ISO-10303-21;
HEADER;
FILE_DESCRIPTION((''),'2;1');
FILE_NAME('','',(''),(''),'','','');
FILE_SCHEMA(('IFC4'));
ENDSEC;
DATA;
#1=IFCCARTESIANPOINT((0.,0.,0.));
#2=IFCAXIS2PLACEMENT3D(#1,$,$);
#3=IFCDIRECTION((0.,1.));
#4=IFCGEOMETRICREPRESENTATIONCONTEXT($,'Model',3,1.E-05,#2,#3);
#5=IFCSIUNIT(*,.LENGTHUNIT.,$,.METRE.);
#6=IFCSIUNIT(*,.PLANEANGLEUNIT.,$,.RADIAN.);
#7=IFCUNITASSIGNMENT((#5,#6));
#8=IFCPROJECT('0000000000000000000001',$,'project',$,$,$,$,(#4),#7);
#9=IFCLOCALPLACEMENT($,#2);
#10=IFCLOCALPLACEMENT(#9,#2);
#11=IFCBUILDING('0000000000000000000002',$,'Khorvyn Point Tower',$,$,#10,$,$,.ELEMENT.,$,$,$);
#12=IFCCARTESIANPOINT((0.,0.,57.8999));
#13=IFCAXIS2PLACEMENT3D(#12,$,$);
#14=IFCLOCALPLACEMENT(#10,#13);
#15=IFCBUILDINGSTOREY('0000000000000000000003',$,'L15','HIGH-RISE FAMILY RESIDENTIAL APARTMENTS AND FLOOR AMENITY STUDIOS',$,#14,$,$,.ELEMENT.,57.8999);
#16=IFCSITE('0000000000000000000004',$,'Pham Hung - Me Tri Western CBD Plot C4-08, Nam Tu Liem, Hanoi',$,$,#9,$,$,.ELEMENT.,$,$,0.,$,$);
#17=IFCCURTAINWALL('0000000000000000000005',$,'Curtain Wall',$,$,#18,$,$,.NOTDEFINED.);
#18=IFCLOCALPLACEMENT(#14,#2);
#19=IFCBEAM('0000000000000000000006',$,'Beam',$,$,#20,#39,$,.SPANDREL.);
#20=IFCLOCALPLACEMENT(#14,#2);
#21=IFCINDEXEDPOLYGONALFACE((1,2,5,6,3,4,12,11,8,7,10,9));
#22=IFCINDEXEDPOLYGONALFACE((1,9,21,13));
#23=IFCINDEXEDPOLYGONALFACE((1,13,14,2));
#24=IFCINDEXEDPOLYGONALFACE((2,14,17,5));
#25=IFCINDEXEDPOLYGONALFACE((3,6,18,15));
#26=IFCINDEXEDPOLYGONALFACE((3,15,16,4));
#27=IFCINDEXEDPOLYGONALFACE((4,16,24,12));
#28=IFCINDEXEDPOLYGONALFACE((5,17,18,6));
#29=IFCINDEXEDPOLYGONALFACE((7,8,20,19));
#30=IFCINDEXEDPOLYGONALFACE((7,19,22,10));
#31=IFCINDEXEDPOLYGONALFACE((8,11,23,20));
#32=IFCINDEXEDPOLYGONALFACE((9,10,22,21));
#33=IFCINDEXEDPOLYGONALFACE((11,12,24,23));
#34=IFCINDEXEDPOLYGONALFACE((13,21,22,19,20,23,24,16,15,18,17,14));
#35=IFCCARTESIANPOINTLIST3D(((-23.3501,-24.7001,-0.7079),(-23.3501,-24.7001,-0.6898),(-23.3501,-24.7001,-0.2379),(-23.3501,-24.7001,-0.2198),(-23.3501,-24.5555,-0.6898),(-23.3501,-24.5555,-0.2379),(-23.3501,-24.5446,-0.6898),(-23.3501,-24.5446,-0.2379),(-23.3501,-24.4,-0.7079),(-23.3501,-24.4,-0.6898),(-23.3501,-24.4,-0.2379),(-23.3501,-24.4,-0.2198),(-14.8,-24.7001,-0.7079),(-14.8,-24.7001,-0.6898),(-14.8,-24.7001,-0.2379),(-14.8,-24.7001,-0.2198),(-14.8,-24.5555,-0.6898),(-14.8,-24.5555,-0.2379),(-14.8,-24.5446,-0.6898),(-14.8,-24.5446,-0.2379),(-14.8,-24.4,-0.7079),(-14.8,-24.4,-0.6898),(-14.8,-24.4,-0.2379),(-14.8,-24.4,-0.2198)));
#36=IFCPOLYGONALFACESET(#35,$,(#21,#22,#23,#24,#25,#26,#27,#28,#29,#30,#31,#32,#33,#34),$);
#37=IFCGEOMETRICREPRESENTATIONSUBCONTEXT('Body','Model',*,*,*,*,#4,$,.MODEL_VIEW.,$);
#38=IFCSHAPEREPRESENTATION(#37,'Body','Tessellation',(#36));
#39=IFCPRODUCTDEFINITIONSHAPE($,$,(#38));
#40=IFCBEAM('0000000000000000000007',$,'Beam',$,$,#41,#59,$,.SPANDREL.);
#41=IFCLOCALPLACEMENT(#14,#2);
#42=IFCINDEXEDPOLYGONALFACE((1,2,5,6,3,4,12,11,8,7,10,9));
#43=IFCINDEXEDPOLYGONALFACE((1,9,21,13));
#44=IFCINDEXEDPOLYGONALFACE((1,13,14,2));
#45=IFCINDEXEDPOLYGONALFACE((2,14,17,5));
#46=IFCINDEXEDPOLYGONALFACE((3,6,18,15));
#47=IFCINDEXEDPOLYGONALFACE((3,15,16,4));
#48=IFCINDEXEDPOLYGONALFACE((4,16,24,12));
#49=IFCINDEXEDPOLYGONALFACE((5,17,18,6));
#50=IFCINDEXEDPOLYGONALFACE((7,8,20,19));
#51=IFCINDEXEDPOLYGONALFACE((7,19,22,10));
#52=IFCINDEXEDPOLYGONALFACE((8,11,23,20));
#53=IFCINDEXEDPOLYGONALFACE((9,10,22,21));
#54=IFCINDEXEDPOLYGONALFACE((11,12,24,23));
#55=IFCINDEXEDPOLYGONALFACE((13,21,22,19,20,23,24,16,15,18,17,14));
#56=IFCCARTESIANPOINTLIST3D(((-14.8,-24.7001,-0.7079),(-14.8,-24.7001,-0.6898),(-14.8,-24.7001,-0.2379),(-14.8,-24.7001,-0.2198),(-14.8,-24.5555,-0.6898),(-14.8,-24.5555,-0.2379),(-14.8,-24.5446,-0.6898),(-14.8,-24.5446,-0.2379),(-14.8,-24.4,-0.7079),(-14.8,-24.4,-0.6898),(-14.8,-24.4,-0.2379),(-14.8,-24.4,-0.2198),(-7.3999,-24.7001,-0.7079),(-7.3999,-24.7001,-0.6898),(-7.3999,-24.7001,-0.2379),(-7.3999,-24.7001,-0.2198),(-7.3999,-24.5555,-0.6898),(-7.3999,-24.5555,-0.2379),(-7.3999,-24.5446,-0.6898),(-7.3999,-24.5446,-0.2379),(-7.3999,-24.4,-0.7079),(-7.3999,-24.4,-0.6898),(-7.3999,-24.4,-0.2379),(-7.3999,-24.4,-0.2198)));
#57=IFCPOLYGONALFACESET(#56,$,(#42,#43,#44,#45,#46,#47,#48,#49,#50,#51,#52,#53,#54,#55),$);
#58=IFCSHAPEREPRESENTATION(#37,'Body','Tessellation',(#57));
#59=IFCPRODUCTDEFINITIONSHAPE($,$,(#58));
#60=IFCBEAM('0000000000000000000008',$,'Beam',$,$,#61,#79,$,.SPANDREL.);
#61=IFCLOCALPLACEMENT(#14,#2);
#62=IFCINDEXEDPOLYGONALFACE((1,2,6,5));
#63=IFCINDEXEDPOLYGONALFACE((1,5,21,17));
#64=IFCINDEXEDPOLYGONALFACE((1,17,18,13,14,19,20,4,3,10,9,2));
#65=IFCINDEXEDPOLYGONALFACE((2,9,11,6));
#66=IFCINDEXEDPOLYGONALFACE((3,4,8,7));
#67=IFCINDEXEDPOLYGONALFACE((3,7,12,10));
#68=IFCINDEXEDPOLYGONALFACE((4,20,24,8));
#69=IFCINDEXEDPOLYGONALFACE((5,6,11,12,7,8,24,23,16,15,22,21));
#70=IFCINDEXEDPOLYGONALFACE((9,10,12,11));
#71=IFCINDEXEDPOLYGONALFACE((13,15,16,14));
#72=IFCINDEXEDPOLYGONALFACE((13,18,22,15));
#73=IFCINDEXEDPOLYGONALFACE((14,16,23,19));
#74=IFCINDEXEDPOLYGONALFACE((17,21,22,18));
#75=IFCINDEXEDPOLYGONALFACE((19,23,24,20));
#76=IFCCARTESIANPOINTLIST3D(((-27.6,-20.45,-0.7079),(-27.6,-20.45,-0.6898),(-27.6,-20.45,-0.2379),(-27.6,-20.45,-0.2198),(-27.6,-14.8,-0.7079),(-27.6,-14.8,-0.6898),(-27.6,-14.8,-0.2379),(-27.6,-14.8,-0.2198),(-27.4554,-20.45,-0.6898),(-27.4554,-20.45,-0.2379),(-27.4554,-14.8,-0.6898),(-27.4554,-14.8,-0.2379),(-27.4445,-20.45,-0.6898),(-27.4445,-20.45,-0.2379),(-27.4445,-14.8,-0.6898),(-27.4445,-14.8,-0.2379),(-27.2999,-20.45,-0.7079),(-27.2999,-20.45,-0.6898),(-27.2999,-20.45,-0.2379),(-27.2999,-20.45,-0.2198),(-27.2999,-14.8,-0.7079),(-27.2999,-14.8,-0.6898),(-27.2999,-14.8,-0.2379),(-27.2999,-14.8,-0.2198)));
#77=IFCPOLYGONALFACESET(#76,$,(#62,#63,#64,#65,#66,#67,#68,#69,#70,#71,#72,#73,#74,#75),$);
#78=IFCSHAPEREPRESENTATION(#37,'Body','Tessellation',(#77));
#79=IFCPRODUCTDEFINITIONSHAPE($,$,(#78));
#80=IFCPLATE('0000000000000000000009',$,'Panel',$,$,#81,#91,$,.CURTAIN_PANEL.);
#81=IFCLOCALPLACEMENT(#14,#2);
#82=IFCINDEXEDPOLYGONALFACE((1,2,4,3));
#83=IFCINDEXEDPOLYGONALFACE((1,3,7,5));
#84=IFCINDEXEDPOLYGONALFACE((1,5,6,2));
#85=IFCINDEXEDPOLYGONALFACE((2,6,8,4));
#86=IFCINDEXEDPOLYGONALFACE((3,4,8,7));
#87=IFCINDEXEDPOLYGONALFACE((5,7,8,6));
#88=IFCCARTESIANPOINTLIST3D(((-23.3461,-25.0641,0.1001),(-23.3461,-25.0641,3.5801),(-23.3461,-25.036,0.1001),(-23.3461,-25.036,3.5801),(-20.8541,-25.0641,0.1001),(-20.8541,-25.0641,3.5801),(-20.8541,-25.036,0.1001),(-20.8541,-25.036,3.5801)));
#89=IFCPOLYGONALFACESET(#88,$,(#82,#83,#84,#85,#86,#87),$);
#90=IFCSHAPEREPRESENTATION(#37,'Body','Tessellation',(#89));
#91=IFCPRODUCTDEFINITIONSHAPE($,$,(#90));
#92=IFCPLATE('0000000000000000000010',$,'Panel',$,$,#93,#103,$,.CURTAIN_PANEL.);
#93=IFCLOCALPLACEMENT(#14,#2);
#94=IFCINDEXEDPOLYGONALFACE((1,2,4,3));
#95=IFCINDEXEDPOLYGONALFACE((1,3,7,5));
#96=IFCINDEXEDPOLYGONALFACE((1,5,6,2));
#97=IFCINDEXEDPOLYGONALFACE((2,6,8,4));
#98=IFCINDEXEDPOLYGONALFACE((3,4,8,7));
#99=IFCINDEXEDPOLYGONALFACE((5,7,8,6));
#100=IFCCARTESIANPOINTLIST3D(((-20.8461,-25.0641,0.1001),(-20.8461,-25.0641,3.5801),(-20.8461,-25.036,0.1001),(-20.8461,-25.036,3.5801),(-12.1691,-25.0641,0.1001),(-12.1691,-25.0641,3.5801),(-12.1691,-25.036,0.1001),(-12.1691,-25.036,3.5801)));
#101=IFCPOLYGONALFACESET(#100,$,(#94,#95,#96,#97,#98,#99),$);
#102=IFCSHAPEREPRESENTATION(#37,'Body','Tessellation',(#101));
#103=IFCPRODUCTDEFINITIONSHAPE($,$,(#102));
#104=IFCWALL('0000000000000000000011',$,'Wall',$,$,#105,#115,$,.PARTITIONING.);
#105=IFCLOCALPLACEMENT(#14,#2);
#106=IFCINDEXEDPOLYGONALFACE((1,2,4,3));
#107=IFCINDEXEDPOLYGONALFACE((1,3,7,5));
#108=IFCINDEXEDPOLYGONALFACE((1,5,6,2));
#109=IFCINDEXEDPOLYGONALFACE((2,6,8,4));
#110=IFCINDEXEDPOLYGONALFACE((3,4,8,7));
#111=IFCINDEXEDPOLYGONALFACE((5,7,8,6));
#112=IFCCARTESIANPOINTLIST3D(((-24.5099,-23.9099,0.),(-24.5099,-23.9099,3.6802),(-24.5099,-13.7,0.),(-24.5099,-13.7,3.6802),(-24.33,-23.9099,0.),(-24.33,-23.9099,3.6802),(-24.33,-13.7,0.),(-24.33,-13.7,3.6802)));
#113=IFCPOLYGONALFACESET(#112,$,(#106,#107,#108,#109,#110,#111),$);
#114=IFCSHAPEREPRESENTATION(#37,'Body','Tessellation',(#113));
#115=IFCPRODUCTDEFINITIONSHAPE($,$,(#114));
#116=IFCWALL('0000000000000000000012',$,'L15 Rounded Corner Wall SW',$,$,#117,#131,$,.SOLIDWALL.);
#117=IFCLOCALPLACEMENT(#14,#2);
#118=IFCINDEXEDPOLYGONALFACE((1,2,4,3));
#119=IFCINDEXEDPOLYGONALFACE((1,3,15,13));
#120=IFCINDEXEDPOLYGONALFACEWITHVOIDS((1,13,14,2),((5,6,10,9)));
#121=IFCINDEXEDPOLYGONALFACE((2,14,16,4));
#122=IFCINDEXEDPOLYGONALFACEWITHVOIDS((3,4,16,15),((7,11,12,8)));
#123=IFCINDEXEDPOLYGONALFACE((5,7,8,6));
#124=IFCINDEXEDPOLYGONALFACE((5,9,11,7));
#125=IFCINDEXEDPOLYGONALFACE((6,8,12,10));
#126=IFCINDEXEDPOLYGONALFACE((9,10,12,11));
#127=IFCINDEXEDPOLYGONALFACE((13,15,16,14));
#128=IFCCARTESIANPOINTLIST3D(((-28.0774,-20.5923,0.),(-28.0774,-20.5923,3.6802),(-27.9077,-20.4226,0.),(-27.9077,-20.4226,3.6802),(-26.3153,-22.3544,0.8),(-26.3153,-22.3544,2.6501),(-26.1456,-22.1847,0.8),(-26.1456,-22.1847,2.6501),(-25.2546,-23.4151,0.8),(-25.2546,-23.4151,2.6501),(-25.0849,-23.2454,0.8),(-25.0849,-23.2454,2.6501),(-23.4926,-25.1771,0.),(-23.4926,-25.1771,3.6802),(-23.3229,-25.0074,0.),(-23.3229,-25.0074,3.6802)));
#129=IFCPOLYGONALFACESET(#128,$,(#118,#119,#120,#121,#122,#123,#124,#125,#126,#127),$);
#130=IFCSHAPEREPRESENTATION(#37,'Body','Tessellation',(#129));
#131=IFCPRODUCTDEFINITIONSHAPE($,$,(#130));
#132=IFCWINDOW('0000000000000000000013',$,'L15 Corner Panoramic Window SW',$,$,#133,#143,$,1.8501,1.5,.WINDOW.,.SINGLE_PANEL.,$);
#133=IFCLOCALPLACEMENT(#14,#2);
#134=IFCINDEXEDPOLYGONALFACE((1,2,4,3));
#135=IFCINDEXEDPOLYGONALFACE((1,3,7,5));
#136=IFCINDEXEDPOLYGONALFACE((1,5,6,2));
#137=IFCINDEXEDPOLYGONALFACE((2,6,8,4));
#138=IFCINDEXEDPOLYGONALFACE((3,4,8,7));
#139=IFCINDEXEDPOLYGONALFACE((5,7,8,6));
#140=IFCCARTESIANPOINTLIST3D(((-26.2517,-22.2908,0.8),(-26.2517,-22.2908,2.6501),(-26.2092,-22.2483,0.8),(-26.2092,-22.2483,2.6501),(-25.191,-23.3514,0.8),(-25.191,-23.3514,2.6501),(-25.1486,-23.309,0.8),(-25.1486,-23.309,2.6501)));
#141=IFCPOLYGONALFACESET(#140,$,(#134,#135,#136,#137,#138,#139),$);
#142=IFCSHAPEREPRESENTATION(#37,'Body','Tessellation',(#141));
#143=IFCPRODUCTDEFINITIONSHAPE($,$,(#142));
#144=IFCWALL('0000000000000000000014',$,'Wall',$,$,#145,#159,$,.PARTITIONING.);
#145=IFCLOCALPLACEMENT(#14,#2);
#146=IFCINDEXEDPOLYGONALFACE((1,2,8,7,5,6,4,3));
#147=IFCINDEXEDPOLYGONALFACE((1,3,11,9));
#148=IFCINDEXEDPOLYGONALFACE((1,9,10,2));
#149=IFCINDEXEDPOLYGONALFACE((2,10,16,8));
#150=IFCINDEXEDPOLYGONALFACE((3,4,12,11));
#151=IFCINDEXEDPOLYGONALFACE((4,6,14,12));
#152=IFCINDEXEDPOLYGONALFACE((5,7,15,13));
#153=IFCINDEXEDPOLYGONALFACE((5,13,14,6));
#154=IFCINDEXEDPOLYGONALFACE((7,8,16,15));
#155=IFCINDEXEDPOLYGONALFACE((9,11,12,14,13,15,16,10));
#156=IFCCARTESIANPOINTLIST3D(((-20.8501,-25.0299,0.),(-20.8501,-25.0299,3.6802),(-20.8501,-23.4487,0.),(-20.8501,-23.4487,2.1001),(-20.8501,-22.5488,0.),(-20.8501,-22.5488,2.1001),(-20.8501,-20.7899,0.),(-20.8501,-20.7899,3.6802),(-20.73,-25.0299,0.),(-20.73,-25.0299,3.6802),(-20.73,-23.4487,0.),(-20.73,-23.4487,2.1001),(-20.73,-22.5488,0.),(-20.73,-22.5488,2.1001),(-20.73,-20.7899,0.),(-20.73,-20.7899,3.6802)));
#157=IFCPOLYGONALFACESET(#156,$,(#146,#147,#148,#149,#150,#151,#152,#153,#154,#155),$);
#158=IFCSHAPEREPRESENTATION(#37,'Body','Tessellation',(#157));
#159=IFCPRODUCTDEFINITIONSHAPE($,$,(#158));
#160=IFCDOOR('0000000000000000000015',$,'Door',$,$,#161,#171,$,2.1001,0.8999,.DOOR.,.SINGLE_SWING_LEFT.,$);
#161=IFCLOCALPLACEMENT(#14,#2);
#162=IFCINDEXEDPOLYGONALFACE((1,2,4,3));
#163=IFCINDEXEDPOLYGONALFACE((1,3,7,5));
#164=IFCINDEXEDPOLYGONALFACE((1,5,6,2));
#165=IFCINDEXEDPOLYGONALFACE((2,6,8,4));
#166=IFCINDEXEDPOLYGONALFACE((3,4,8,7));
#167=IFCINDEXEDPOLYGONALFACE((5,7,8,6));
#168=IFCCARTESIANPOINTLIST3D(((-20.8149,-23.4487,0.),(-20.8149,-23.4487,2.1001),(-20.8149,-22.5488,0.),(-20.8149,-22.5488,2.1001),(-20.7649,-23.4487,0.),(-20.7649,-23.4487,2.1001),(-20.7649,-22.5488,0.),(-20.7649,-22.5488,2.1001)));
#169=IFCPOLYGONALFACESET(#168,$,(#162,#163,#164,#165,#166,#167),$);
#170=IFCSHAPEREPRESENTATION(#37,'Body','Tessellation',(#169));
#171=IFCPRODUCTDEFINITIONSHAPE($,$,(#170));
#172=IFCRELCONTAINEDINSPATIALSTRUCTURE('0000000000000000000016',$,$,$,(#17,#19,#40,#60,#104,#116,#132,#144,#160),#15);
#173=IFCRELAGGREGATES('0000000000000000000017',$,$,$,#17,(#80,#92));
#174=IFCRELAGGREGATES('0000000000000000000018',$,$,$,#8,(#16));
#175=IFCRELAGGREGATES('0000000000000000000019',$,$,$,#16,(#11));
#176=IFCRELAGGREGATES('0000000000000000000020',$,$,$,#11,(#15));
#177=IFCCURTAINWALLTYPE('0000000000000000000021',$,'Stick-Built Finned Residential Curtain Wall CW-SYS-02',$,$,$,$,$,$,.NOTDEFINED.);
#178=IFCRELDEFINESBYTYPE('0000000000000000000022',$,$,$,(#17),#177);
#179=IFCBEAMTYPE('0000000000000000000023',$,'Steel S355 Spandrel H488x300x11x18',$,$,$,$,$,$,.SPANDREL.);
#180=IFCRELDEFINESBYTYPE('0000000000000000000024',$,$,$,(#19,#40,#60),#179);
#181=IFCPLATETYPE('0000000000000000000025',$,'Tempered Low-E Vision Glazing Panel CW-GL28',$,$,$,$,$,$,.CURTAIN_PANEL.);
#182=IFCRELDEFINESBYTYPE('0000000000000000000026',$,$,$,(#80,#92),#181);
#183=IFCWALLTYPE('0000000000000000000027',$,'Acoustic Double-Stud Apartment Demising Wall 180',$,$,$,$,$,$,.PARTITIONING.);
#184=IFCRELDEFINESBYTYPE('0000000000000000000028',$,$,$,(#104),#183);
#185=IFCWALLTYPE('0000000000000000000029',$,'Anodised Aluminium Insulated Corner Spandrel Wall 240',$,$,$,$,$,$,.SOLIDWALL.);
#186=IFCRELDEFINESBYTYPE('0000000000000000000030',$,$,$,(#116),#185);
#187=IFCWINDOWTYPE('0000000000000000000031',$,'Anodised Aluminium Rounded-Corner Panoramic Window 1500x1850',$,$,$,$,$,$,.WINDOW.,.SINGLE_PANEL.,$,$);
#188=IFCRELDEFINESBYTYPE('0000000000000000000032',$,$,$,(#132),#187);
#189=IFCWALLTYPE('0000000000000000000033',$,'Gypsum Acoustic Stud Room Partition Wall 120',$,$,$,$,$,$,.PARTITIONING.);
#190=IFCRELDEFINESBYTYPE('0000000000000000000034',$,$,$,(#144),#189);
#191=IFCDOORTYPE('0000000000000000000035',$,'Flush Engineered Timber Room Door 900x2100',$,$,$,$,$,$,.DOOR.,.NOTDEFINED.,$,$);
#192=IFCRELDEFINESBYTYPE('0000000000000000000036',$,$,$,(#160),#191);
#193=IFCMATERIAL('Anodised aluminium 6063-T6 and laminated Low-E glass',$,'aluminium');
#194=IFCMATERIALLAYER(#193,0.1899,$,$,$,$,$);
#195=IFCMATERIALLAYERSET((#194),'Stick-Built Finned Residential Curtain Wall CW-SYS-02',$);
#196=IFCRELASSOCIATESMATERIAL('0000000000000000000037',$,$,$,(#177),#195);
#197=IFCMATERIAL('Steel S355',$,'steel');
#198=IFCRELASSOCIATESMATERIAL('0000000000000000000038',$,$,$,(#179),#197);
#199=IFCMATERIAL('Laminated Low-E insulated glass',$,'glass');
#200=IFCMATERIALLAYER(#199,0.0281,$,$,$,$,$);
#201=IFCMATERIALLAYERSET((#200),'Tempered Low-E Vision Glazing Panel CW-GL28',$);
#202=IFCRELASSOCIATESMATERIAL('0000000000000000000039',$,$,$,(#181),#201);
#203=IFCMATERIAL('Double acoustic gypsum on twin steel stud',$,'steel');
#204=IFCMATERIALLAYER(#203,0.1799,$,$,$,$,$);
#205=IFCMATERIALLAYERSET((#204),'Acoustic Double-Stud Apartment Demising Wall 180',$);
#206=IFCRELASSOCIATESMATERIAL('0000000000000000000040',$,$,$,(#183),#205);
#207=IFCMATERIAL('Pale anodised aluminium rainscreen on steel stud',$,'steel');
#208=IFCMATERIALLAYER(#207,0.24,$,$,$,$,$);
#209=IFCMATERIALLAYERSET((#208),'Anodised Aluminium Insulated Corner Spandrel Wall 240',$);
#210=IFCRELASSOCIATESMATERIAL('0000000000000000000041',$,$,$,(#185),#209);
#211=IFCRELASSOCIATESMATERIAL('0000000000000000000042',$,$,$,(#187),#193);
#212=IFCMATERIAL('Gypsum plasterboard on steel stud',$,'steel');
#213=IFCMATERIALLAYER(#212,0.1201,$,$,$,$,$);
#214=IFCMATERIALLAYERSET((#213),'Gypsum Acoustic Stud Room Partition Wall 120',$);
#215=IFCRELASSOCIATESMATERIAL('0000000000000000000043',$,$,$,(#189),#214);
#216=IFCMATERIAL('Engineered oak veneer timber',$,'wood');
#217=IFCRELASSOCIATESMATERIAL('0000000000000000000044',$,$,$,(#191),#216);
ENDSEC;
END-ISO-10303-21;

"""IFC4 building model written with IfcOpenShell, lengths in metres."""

from ifc_helpers import new_model, si_unit, direction, frame, frame_2d, origin, origin_2d, place, context, subcontext, project, spatial, rectangle, i_section, extrude, material, layer, layer_set, material_profile, profile_set, type_object, element, fill, aggregate, save


model = new_model("IFC4")

# Units and contexts
model_context = context("Model", 3, precision=1e-05, world=origin(), true_north=direction((0.0, 1.0)))
body_context = subcontext(model_context, "Body", "Model", "MODEL_VIEW")
ifc_project = project(units=[si_unit("LENGTHUNIT", "METRE"), si_unit("PLANEANGLEUNIT", "RADIAN")], contexts=[model_context])

# Site, building, storey
site_placement = place(None, origin())
site = spatial("IfcSite", under=ifc_project, at=site_placement, Name="Pham Hung - Me Tri Western CBD Plot C4-08, Nam Tu Liem, Hanoi", CompositionType="ELEMENT", RefElevation=0.0)
building_placement = place(site_placement, origin())
building = spatial("IfcBuilding", under=site, at=building_placement, Name="Khorvyn Point Tower", CompositionType="ELEMENT")
storey_placement = place(building_placement, frame((0.0, 0.0, 57.8999)))
storey = spatial("IfcBuildingStorey", under=building, at=storey_placement, Name="L15", Description="HIGH-RISE FAMILY RESIDENTIAL APARTMENTS AND FLOOR AMENITY STUDIOS", CompositionType="ELEMENT", Elevation=57.8999)

# Curtain wall
ifc_material_1 = material(Name="Anodised aluminium 6063-T6 and laminated Low-E glass", Category="aluminium")
ifc_layer_1 = layer(ifc_material_1, 0.1899)
ifc_layer_set_1 = layer_set([ifc_layer_1], Name="Stick-Built Finned Residential Curtain Wall CW-SYS-02")
curtain_wall_type = type_object("IfcCurtainWallType", Name="Stick-Built Finned Residential Curtain Wall CW-SYS-02", PredefinedType="NOTDEFINED", material=ifc_layer_set_1)
curtain_wall_1_placement = place(storey_placement, origin())
curtain_wall_1 = element("IfcCurtainWall", 1, at=curtain_wall_1_placement, inside=storey, type_object=curtain_wall_type, Name="Curtain Wall", PredefinedType="NOTDEFINED")

# Beams
ifc_material_2 = material(Name="Steel S355", Category="steel")
ifc_material_profile_1 = material_profile(ifc_material_2, i_section(OverallWidth=0.3, OverallDepth=0.488, WebThickness=0.011, FlangeThickness=0.0181, at=origin_2d()))
ifc_profile_set_1 = profile_set([ifc_material_profile_1], Name="Steel S355 H488x300x11x18")
beam_type_1 = type_object("IfcBeamType", Name="Steel S355 Spandrel H488x300x11x18", PredefinedType="SPANDREL", material=ifc_profile_set_1)
beam_1_placement = place(storey_placement, frame((-23.3501, -24.55, -0.4639), z_axis=(1.0, 0.0, 0.0), x_axis=(0.0, 1.0, 0.0)))
element("IfcBeam", 2, at=beam_1_placement, inside=storey, type_object=beam_type_1, Name="Beam", PredefinedType="SPANDREL", context=body_context, shape_type="SweptSolid", body=[
    extrude(i_section(OverallWidth=0.3, OverallDepth=0.488, WebThickness=0.011, FlangeThickness=0.0181, at=origin_2d()), origin(), (0.0, 0.0, 1.0), 8.55),
])
beam_2_placement = place(storey_placement, frame((-14.8, -24.55, -0.4639), z_axis=(1.0, 0.0, 0.0), x_axis=(0.0, 1.0, 0.0)))
element("IfcBeam", 3, at=beam_2_placement, inside=storey, type_object=beam_type_1, Name="Beam", PredefinedType="SPANDREL", context=body_context, shape_type="SweptSolid", body=[
    extrude(i_section(OverallWidth=0.3, OverallDepth=0.488, WebThickness=0.011, FlangeThickness=0.0181, at=origin_2d()), origin(), (0.0, 0.0, 1.0), 7.4001),
])
beam_3_placement = place(storey_placement, frame((-27.45, -20.45, -0.4639), z_axis=(0.0, 1.0, 0.0), x_axis=(-1.0, 0.0, 0.0)))
element("IfcBeam", 4, at=beam_3_placement, inside=storey, type_object=beam_type_1, Name="Beam", PredefinedType="SPANDREL", context=body_context, shape_type="SweptSolid", body=[
    extrude(i_section(OverallWidth=0.3, OverallDepth=0.488, WebThickness=0.011, FlangeThickness=0.0181, at=origin_2d()), origin(), (0.0, 0.0, 1.0), 5.6499),
])

# Plates
ifc_material_3 = material(Name="Laminated Low-E insulated glass", Category="glass")
ifc_layer_2 = layer(ifc_material_3, 0.0281)
ifc_layer_set_2 = layer_set([ifc_layer_2], Name="Tempered Low-E Vision Glazing Panel CW-GL28")
plate_type = type_object("IfcPlateType", Name="Tempered Low-E Vision Glazing Panel CW-GL28", PredefinedType="CURTAIN_PANEL", material=ifc_layer_set_2)
plate_1_placement = place(storey_placement, frame((-22.1001, -25.05, 0.1001), z_axis=(0.0, 0.0, 1.0), x_axis=(-1.0, 0.0, 0.0)))
plate_1 = element("IfcPlate", 5, at=plate_1_placement, type_object=plate_type, Name="Panel", PredefinedType="CURTAIN_PANEL", context=body_context, shape_type="SweptSolid", body=[
    extrude(rectangle(XDim=2.4919, YDim=0.0281, at=origin_2d()), origin(), (0.0, 0.0, 1.0), 3.48),
])
plate_2_placement = place(storey_placement, frame((-16.5076, -25.05, 0.1001), z_axis=(0.0, 0.0, 1.0), x_axis=(-1.0, 0.0, 0.0)))
plate_2 = element("IfcPlate", 6, at=plate_2_placement, type_object=plate_type, Name="Panel", PredefinedType="CURTAIN_PANEL", context=body_context, shape_type="SweptSolid", body=[
    extrude(rectangle(XDim=8.677, YDim=0.0281, at=origin_2d()), origin(), (0.0, 0.0, 1.0), 3.48),
])
aggregate(curtain_wall_1, [plate_1, plate_2])

# Wall
ifc_material_4 = material(Name="Double acoustic gypsum on twin steel stud", Category="steel")
ifc_layer_3 = layer(ifc_material_4, 0.1799)
ifc_layer_set_3 = layer_set([ifc_layer_3], Name="Acoustic Double-Stud Apartment Demising Wall 180")
wall_type_1 = type_object("IfcWallType", Name="Acoustic Double-Stud Apartment Demising Wall 180", PredefinedType="PARTITIONING", material=ifc_layer_set_3)
wall_1_placement = place(storey_placement, frame((-24.4199, -23.9099, 0.0), z_axis=(0.0, 0.0, 1.0), x_axis=(0.0, 1.0, 0.0)))
element("IfcWall", 7, at=wall_1_placement, inside=storey, type_object=wall_type_1, Name="Wall", PredefinedType="PARTITIONING", context=body_context, shape_type="SweptSolid", body=[
    extrude(rectangle(XDim=10.21, YDim=0.1799, at=frame_2d((5.105, 0.0))), origin(), (0.0, 0.0, 1.0), 3.6802),
])

# Wall, opening, window
ifc_material_5 = material(Name="Pale anodised aluminium rainscreen on steel stud", Category="steel")
ifc_layer_4 = layer(ifc_material_5, 0.24)
ifc_layer_set_4 = layer_set([ifc_layer_4], Name="Anodised Aluminium Insulated Corner Spandrel Wall 240")
wall_type_2 = type_object("IfcWallType", Name="Anodised Aluminium Insulated Corner Spandrel Wall 240", PredefinedType="SOLIDWALL", material=ifc_layer_set_4)
wall_2_placement = place(storey_placement, frame((-23.4077, -25.0923, 0.0), z_axis=(0.0, 0.0, 1.0), x_axis=(-0.707107, 0.707107, 0.0)))
wall_2 = element("IfcWall", 8, at=wall_2_placement, inside=storey, type_object=wall_type_2, Name="L15 Rounded Corner Wall SW", PredefinedType="SOLIDWALL", context=body_context, shape_type="SweptSolid", body=[
    extrude(rectangle(XDim=6.4839, YDim=0.24, at=frame_2d((3.2419, 0.0))), origin(), (0.0, 0.0, 1.0), 3.6802),
])
opening_1_placement = place(wall_2_placement, frame((2.4919, 0.0, 0.8)))
opening_1 = element("IfcOpeningElement", 9, at=opening_1_placement, cuts=wall_2, PredefinedType="OPENING", context=body_context, shape_type="SweptSolid", body=[
    extrude(rectangle(XDim=1.5, YDim=1.8501, at=frame_2d((0.75, 0.925))), frame((0.0, 0.1299, 0.0), z_axis=(0.0, -1.0, 0.0), x_axis=(1.0, 0.0, 0.0)), (0.0, 0.0, 1.0), 0.26),
])
window_type = type_object("IfcWindowType", Name="Anodised Aluminium Rounded-Corner Panoramic Window 1500x1850", PartitioningType="SINGLE_PANEL", PredefinedType="WINDOW", material=ifc_material_1)
window_placement = place(opening_1_placement, origin())
window = element("IfcWindow", 10, at=window_placement, inside=storey, type_object=window_type, Name="L15 Corner Panoramic Window SW", OverallHeight=1.8501, OverallWidth=1.5, PartitioningType="SINGLE_PANEL", PredefinedType="WINDOW", context=body_context, shape_type="SweptSolid", body=[
    extrude(rectangle(XDim=1.5, YDim=1.8501, at=frame_2d((0.75, 0.925))), frame((0.0, 0.03, 0.0), z_axis=(0.0, -1.0, 0.0), x_axis=(1.0, 0.0, 0.0)), (0.0, 0.0, 1.0), 0.0601),
])
fill(opening_1, window)

# Wall, opening, door
ifc_material_6 = material(Name="Gypsum plasterboard on steel stud", Category="steel")
ifc_layer_5 = layer(ifc_material_6, 0.1201)
ifc_layer_set_5 = layer_set([ifc_layer_5], Name="Gypsum Acoustic Stud Room Partition Wall 120")
wall_type_3 = type_object("IfcWallType", Name="Gypsum Acoustic Stud Room Partition Wall 120", PredefinedType="PARTITIONING", material=ifc_layer_set_5)
wall_3_placement = place(storey_placement, frame((-20.79, -25.03, 0.0), z_axis=(0.0, 0.0, 1.0), x_axis=(0.0, 1.0, 0.0)))
wall_3 = element("IfcWall", 11, at=wall_3_placement, inside=storey, type_object=wall_type_3, Name="Wall", PredefinedType="PARTITIONING", context=body_context, shape_type="SweptSolid", body=[
    extrude(rectangle(XDim=4.24, YDim=0.1201, at=frame_2d((2.1201, 0.0))), origin(), (0.0, 0.0, 1.0), 3.6802),
])
opening_2_placement = place(wall_3_placement, frame((1.5813, 0.0, 0.0)))
opening_2 = element("IfcOpeningElement", 12, at=opening_2_placement, cuts=wall_3, PredefinedType="OPENING", context=body_context, shape_type="SweptSolid", body=[
    extrude(rectangle(XDim=0.8999, YDim=2.1001, at=frame_2d((0.45, 1.05))), frame((0.0, 0.0701, 0.0), z_axis=(0.0, -1.0, 0.0), x_axis=(1.0, 0.0, 0.0)), (0.0, 0.0, 1.0), 0.1401),
])
ifc_material_7 = material(Name="Engineered oak veneer timber", Category="wood")
door_type_1 = type_object("IfcDoorType", Name="Flush Engineered Timber Room Door 900x2100", OperationType="NOTDEFINED", PredefinedType="DOOR", material=ifc_material_7)
door_1_placement = place(opening_2_placement, origin())
door_1 = element("IfcDoor", 13, at=door_1_placement, inside=storey, type_object=door_type_1, Name="Door", OperationType="SINGLE_SWING_LEFT", OverallHeight=2.1001, OverallWidth=0.8999, PredefinedType="DOOR", context=body_context, shape_type="SweptSolid", body=[
    extrude(rectangle(XDim=0.8999, YDim=2.1001, at=frame_2d((0.45, 1.05))), frame((0.0, 0.0249, 0.0), z_axis=(0.0, -1.0, 0.0), x_axis=(1.0, 0.0, 0.0)), (0.0, 0.0, 1.0), 0.05),
])
fill(opening_2, door_1)

save(model, "model.ifc")
